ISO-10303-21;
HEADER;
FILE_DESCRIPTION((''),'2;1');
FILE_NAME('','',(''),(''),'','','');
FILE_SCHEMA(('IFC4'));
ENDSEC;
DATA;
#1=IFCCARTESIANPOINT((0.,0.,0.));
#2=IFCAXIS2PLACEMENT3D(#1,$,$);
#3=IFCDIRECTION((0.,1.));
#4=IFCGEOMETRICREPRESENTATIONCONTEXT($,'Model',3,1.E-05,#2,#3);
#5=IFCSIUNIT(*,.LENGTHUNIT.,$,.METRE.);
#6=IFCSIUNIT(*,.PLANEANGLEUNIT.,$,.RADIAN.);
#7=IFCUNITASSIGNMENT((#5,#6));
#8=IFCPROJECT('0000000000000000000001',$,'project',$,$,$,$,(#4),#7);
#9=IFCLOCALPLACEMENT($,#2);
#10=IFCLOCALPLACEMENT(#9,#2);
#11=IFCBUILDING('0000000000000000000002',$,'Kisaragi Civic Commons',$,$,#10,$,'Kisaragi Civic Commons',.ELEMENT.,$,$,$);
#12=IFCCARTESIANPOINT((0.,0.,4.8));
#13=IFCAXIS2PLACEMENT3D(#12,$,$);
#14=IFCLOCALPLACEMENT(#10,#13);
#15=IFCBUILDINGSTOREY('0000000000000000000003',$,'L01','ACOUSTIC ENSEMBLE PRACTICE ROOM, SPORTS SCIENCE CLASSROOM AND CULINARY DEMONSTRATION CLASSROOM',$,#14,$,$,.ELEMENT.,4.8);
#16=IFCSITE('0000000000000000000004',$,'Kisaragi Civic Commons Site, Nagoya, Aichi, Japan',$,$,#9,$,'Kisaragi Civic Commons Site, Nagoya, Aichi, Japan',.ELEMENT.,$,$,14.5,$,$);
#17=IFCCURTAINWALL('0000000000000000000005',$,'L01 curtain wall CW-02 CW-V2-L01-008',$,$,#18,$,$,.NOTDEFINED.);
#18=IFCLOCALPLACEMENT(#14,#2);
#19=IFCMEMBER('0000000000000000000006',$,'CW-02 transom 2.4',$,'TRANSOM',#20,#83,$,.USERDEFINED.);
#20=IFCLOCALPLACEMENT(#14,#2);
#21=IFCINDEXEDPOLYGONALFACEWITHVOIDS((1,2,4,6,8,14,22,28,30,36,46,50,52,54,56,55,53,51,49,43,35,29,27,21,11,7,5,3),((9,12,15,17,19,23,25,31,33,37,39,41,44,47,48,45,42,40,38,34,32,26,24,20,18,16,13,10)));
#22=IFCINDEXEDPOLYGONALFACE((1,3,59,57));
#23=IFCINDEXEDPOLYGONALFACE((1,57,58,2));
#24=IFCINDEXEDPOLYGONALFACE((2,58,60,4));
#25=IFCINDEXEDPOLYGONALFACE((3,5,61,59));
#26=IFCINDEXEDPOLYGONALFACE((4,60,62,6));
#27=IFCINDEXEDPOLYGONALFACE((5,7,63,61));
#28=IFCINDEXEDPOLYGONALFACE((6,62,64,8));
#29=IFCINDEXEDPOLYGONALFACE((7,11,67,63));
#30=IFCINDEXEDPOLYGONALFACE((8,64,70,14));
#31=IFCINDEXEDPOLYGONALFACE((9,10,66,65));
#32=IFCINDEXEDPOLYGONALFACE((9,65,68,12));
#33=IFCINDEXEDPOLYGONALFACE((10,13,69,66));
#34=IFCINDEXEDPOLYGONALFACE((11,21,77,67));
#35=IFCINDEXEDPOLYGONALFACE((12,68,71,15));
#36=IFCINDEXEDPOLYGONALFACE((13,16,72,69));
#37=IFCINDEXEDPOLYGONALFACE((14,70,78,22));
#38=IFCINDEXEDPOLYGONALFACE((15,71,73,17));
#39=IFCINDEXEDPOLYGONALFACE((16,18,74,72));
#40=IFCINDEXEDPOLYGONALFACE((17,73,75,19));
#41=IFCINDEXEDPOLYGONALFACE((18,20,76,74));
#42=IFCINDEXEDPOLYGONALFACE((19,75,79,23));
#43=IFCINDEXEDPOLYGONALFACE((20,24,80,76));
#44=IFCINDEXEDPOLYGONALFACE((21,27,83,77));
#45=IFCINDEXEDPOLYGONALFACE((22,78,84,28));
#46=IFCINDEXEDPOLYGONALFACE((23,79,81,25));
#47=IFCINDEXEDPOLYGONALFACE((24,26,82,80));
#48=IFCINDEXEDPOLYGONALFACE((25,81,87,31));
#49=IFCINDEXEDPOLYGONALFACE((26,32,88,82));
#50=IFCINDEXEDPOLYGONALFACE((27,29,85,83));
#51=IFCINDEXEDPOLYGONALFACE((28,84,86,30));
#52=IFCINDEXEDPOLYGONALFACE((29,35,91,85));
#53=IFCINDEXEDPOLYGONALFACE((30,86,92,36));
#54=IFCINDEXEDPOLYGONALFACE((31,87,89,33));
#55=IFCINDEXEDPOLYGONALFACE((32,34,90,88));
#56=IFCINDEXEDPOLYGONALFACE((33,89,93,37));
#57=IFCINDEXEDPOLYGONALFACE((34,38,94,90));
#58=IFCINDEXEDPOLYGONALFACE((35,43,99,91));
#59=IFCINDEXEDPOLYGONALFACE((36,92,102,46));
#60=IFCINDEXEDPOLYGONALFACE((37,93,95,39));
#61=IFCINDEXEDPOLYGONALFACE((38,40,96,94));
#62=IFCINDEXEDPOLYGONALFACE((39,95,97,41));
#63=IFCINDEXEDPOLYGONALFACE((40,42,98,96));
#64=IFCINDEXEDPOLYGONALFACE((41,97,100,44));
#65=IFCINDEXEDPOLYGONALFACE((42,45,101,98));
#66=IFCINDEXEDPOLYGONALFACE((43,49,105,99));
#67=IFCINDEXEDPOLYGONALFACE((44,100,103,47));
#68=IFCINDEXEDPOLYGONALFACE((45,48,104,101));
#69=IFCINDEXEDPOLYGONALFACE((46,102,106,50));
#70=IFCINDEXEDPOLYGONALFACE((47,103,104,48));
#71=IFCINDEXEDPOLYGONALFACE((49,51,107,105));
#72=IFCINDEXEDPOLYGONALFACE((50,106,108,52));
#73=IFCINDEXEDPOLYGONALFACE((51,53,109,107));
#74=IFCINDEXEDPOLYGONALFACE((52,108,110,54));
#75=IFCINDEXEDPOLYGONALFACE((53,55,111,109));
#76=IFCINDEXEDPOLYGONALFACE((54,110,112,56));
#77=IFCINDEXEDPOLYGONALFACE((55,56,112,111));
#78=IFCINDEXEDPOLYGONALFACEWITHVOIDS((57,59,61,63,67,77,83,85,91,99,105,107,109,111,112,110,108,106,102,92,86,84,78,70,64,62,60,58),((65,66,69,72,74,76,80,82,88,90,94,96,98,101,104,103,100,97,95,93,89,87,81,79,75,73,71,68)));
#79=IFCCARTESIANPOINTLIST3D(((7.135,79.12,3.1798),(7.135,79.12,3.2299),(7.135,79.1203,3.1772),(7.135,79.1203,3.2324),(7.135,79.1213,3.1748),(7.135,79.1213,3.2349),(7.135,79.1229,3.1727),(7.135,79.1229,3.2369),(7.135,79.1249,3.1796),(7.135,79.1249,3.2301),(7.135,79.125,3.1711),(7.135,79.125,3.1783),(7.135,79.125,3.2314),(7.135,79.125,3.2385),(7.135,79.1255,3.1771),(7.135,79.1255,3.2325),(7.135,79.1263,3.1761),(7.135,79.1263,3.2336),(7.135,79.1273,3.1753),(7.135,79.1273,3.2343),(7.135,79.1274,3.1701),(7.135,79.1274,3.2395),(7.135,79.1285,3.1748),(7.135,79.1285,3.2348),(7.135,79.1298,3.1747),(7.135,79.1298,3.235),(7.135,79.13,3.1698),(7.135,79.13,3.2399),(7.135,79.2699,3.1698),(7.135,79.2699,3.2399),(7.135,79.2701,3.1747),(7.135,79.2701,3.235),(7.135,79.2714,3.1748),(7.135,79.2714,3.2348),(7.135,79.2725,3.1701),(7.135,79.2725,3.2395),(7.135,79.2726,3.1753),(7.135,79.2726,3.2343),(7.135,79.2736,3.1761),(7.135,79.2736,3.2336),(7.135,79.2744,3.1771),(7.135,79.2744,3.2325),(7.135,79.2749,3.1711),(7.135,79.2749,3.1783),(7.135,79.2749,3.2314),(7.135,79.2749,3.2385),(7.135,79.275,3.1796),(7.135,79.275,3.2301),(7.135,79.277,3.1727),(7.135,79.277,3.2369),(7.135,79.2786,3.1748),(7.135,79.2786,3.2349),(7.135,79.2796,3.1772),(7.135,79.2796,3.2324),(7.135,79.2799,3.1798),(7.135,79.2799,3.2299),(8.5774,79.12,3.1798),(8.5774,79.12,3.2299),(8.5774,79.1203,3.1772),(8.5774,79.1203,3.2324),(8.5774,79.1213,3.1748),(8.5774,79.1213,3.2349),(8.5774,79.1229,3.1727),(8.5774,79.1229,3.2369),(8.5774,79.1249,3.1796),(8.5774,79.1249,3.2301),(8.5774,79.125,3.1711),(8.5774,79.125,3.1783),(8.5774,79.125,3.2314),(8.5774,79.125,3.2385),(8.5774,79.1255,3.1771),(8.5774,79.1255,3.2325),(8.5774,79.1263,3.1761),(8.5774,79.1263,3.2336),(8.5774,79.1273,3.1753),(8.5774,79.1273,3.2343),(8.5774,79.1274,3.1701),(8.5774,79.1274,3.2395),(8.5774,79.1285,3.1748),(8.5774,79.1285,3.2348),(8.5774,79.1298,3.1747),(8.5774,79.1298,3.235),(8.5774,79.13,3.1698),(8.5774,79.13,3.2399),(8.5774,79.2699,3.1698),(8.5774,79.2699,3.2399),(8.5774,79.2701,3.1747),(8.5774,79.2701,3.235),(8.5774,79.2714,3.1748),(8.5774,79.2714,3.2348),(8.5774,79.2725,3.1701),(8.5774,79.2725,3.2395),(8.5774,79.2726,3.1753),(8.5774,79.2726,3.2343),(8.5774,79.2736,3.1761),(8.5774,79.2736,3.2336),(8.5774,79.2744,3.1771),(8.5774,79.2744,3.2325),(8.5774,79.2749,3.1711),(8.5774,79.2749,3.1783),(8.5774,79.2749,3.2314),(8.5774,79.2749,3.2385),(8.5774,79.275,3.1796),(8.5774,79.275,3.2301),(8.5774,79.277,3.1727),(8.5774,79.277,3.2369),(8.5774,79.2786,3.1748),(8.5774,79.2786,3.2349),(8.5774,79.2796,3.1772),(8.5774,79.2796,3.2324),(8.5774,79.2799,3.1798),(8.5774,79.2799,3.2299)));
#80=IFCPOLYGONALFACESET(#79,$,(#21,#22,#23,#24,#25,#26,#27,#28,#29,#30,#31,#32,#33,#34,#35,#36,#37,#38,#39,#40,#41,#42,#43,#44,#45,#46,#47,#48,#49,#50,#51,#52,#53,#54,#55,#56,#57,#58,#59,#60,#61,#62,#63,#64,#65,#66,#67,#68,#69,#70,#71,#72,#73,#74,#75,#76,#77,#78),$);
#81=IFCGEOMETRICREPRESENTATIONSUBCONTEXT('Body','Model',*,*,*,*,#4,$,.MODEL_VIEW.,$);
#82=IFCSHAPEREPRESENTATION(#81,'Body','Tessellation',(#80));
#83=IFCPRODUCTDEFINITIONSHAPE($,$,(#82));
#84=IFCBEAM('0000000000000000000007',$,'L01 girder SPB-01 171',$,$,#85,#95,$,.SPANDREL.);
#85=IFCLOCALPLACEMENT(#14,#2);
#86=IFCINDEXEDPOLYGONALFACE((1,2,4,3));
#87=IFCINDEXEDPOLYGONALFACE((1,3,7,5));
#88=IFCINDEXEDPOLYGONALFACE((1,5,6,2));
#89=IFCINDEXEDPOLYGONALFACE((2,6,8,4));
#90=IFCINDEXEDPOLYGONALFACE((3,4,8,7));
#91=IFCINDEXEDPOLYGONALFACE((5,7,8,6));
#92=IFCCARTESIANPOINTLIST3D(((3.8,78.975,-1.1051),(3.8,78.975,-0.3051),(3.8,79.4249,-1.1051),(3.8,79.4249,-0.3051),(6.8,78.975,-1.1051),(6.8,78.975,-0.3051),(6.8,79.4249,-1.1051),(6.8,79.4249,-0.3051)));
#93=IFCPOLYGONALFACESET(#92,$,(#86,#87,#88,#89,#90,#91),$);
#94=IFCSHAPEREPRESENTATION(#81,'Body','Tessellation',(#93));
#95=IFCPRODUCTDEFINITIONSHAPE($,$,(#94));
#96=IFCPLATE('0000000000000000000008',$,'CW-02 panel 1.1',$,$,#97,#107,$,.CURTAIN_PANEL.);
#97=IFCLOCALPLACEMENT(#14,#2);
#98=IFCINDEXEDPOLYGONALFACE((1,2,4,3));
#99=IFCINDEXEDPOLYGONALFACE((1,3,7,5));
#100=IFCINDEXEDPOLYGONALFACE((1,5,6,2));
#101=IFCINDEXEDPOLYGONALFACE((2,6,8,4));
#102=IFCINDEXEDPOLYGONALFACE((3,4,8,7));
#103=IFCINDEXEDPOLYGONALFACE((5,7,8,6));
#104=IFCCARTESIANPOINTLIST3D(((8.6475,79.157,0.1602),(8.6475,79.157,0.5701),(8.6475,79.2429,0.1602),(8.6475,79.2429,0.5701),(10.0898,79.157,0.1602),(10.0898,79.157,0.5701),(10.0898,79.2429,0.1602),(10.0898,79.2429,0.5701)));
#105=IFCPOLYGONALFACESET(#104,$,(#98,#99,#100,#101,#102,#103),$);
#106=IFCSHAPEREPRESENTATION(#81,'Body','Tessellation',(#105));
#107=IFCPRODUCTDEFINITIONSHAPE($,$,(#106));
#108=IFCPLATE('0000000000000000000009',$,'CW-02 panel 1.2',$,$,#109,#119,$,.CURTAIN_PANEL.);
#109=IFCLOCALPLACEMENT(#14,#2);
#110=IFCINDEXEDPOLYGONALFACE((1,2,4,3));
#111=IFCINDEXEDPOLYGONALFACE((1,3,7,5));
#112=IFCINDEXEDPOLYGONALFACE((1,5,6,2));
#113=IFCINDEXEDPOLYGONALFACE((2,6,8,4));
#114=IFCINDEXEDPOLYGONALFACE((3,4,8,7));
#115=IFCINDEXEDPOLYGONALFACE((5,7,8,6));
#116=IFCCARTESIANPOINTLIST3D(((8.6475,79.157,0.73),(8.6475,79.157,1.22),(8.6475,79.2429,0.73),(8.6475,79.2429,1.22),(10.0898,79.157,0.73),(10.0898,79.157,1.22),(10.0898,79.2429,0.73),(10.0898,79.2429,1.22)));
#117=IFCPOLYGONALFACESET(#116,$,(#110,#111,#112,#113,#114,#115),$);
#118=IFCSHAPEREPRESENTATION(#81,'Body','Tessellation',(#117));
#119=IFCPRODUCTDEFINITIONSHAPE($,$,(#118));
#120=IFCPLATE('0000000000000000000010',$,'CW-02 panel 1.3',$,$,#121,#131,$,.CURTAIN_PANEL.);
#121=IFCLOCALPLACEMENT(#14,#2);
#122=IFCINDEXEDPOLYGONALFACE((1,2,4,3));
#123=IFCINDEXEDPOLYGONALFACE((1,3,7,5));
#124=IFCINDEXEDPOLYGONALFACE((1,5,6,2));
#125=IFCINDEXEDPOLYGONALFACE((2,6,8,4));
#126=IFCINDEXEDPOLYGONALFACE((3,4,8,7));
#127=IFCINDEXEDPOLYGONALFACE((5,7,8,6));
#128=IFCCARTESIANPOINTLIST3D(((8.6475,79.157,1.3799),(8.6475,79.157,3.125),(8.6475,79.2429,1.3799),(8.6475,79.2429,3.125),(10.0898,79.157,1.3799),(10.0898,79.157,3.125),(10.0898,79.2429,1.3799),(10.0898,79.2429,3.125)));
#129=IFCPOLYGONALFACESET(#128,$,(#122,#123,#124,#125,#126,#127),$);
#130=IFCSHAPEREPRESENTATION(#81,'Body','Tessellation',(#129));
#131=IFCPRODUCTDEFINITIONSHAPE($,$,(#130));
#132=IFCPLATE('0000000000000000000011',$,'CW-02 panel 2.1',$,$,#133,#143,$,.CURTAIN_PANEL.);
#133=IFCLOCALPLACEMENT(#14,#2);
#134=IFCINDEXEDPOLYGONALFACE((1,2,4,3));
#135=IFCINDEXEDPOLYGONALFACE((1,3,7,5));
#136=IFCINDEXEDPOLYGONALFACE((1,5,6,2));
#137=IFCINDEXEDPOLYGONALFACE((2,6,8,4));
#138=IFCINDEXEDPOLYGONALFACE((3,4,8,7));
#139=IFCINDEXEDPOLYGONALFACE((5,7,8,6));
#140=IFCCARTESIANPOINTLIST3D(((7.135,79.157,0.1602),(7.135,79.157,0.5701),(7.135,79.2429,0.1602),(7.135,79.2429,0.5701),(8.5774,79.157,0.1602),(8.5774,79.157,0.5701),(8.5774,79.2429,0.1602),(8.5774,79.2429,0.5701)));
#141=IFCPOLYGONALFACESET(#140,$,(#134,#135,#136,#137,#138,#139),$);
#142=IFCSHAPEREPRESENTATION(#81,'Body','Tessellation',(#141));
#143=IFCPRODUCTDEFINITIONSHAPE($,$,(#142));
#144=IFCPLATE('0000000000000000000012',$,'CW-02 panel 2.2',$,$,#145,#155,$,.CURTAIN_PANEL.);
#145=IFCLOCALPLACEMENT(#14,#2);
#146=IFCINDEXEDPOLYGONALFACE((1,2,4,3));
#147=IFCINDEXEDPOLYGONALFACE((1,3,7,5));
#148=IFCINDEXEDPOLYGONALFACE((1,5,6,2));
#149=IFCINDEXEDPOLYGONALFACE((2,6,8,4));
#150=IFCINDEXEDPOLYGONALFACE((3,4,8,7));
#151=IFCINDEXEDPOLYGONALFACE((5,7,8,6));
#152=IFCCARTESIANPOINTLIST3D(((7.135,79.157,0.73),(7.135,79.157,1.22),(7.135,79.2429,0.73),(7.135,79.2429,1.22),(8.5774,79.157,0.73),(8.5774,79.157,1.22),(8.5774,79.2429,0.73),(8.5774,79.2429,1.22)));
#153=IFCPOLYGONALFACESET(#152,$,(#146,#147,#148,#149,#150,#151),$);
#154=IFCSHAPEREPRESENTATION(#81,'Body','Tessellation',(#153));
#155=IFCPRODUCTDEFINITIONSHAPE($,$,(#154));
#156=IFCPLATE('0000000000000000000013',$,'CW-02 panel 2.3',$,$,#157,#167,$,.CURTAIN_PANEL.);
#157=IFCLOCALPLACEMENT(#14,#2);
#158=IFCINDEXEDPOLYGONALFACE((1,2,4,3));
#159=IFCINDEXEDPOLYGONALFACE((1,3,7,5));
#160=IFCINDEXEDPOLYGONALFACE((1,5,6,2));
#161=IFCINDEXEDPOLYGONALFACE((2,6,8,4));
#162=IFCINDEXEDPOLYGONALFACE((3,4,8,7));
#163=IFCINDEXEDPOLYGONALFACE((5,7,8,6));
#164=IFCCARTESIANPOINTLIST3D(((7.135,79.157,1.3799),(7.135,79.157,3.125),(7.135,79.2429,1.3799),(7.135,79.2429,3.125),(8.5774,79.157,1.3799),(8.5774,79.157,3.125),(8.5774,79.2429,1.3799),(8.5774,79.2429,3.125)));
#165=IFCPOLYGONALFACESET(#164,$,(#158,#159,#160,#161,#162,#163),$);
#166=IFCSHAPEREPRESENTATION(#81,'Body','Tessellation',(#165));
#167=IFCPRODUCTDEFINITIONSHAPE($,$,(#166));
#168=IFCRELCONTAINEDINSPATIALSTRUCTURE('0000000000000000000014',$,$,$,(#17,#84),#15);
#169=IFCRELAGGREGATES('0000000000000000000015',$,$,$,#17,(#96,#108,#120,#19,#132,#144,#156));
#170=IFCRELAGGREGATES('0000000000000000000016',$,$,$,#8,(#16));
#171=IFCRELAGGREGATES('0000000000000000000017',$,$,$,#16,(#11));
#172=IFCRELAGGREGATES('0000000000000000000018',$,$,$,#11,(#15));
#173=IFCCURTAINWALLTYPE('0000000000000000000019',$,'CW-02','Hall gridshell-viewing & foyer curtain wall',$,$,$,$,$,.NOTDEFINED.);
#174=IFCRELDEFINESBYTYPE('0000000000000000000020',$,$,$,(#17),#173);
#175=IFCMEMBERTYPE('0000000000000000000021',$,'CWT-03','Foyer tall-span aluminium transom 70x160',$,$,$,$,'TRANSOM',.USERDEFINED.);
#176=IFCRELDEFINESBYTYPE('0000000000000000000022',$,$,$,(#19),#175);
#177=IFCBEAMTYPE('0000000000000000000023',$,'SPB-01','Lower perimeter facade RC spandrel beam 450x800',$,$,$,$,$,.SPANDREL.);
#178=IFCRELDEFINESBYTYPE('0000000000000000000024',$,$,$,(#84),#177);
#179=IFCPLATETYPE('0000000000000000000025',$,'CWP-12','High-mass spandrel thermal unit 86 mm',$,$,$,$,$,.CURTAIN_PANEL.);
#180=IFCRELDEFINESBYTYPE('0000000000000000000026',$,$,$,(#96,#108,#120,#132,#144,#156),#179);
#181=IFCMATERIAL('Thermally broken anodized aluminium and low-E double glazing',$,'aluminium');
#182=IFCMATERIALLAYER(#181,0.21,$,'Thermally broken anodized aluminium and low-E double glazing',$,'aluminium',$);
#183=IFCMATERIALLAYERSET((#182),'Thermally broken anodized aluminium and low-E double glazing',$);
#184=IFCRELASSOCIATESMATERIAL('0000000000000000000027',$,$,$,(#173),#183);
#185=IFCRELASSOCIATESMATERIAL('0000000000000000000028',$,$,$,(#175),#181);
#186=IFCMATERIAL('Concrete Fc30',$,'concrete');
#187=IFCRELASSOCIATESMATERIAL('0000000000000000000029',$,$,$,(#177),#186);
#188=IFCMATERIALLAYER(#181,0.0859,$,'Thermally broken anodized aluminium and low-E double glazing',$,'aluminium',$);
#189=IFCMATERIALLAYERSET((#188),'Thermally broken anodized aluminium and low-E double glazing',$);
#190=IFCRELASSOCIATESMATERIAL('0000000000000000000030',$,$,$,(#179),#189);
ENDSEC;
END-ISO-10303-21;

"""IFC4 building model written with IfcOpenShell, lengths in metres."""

from ifc_helpers import new_model, si_unit, direction, frame, origin, origin_2d, place, context, subcontext, project, spatial, rectangle, hollow_rectangle, extrude, material, layer, layer_set, material_profile, profile_set, type_object, element, aggregate, save


model = new_model("IFC4")

# Units and contexts
model_context = context("Model", 3, precision=1e-05, world=origin(), true_north=direction((0.0, 1.0)))
body_context = subcontext(model_context, "Body", "Model", "MODEL_VIEW")
ifc_project = project(units=[si_unit("LENGTHUNIT", "METRE"), si_unit("PLANEANGLEUNIT", "RADIAN")], contexts=[model_context])

# Site, building, storey
site_placement = place(None, origin())
site = spatial("IfcSite", under=ifc_project, at=site_placement, Name="Kisaragi Civic Commons Site, Nagoya, Aichi, Japan", LongName="Kisaragi Civic Commons Site, Nagoya, Aichi, Japan", CompositionType="ELEMENT", RefElevation=14.5)
building_placement = place(site_placement, origin())
building = spatial("IfcBuilding", under=site, at=building_placement, Name="Kisaragi Civic Commons", LongName="Kisaragi Civic Commons", CompositionType="ELEMENT")
storey_placement = place(building_placement, frame((0.0, 0.0, 4.8)))
storey = spatial("IfcBuildingStorey", under=building, at=storey_placement, Name="L01", Description="ACOUSTIC ENSEMBLE PRACTICE ROOM, SPORTS SCIENCE CLASSROOM AND CULINARY DEMONSTRATION CLASSROOM", CompositionType="ELEMENT", Elevation=4.8)

# Shared definitions
ifc_material_1 = material(Name="Concrete Fc30", Category="concrete")

# Curtain wall, member
ifc_material_2 = material(Name="Thermally broken anodized aluminium and low-E double glazing", Category="aluminium")
ifc_layer_1 = layer(ifc_material_2, 0.21, Name="Thermally broken anodized aluminium and low-E double glazing", Category="aluminium")
ifc_layer_set_1 = layer_set([ifc_layer_1], Name="Thermally broken anodized aluminium and low-E double glazing")
curtain_wall_type = type_object("IfcCurtainWallType", Name="CW-02", Description="Hall gridshell-viewing & foyer curtain wall", PredefinedType="NOTDEFINED", material=ifc_layer_set_1)
curtain_wall_placement = place(storey_placement, origin())
curtain_wall = element("IfcCurtainWall", 1, at=curtain_wall_placement, inside=storey, type_object=curtain_wall_type, Name="L01 curtain wall CW-02 CW-V2-L01-008", PredefinedType="NOTDEFINED")
ifc_material_profile_1 = material_profile(ifc_material_2, hollow_rectangle(XDim=0.1599, YDim=0.0701, WallThickness=0.0049, InnerFilletRadius=0.0049, OuterFilletRadius=0.01, at=origin_2d()), Name="CWT-70x160x5", Category="aluminium")
ifc_profile_set_1 = profile_set([ifc_material_profile_1], Name="Thermally broken anodized aluminium and low-E double glazing")
member_type_1 = type_object("IfcMemberType", Name="CWT-03", Description="Foyer tall-span aluminium transom 70x160", ElementType="TRANSOM", PredefinedType="USERDEFINED", material=ifc_profile_set_1)
member_1_placement = place(storey_placement, frame((8.5774, 79.2, 3.2048), z_axis=(-1.0, 0.0, 0.0), x_axis=(0.0, -1.0, 0.0)))
member_1 = element("IfcMember", 2, at=member_1_placement, type_object=member_type_1, Name="CW-02 transom 2.4", ObjectType="TRANSOM", PredefinedType="USERDEFINED", context=body_context, shape_type="SweptSolid", body=[
    extrude(hollow_rectangle(XDim=0.1599, YDim=0.0701, WallThickness=0.0049, InnerFilletRadius=0.0049, OuterFilletRadius=0.01, at=origin_2d()), origin(), (0.0, 0.0, 1.0), 1.4424),
])

# Beam
ifc_material_profile_2 = material_profile(ifc_material_1, rectangle(XDim=0.45, YDim=0.8, at=origin_2d()), Name="RC-450x800", Category="concrete")
ifc_profile_set_2 = profile_set([ifc_material_profile_2], Name="Concrete Fc30")
beam_type = type_object("IfcBeamType", Name="SPB-01", Description="Lower perimeter facade RC spandrel beam 450x800", PredefinedType="SPANDREL", material=ifc_profile_set_2)
beam_placement = place(storey_placement, frame((3.8, 79.2, -0.7051), z_axis=(1.0, 0.0, 0.0), x_axis=(0.0, 1.0, 0.0)))
element("IfcBeam", 3, at=beam_placement, inside=storey, type_object=beam_type, Name="L01 girder SPB-01 171", PredefinedType="SPANDREL", context=body_context, shape_type="SweptSolid", body=[
    extrude(rectangle(XDim=0.45, YDim=0.8, at=origin_2d()), origin(), (0.0, 0.0, 1.0), 3.0),
])

# Plates
ifc_layer_2 = layer(ifc_material_2, 0.0859, Name="Thermally broken anodized aluminium and low-E double glazing", Category="aluminium")
ifc_layer_set_2 = layer_set([ifc_layer_2], Name="Thermally broken anodized aluminium and low-E double glazing")
plate_type = type_object("IfcPlateType", Name="CWP-12", Description="High-mass spandrel thermal unit 86 mm", PredefinedType="CURTAIN_PANEL", material=ifc_layer_set_2)
plate_1_placement = place(storey_placement, frame((9.3687, 79.2, 0.1602), z_axis=(0.0, 0.0, 1.0), x_axis=(-1.0, 0.0, 0.0)))
plate_1 = element("IfcPlate", 4, at=plate_1_placement, type_object=plate_type, Name="CW-02 panel 1.1", PredefinedType="CURTAIN_PANEL", context=body_context, shape_type="SweptSolid", body=[
    extrude(rectangle(XDim=1.4424, YDim=0.0859, at=origin_2d()), origin(), (0.0, 0.0, 1.0), 0.4099),
])
plate_2_placement = place(storey_placement, frame((9.3687, 79.2, 0.73), z_axis=(0.0, 0.0, 1.0), x_axis=(-1.0, 0.0, 0.0)))
plate_2 = element("IfcPlate", 5, at=plate_2_placement, type_object=plate_type, Name="CW-02 panel 1.2", PredefinedType="CURTAIN_PANEL", context=body_context, shape_type="SweptSolid", body=[
    extrude(rectangle(XDim=1.4424, YDim=0.0859, at=origin_2d()), origin(), (0.0, 0.0, 1.0), 0.49),
])
plate_3_placement = place(storey_placement, frame((9.3687, 79.2, 1.3799), z_axis=(0.0, 0.0, 1.0), x_axis=(-1.0, 0.0, 0.0)))
plate_3 = element("IfcPlate", 6, at=plate_3_placement, type_object=plate_type, Name="CW-02 panel 1.3", PredefinedType="CURTAIN_PANEL", context=body_context, shape_type="SweptSolid", body=[
    extrude(rectangle(XDim=1.4424, YDim=0.0859, at=origin_2d()), origin(), (0.0, 0.0, 1.0), 1.7451),
])
plate_4_placement = place(storey_placement, frame((7.8562, 79.2, 0.1602), z_axis=(0.0, 0.0, 1.0), x_axis=(-1.0, 0.0, 0.0)))
plate_4 = element("IfcPlate", 7, at=plate_4_placement, type_object=plate_type, Name="CW-02 panel 2.1", PredefinedType="CURTAIN_PANEL", context=body_context, shape_type="SweptSolid", body=[
    extrude(rectangle(XDim=1.4424, YDim=0.0859, at=origin_2d()), origin(), (0.0, 0.0, 1.0), 0.4099),
])
plate_5_placement = place(storey_placement, frame((7.8562, 79.2, 0.73), z_axis=(0.0, 0.0, 1.0), x_axis=(-1.0, 0.0, 0.0)))
plate_5 = element("IfcPlate", 8, at=plate_5_placement, type_object=plate_type, Name="CW-02 panel 2.2", PredefinedType="CURTAIN_PANEL", context=body_context, shape_type="SweptSolid", body=[
    extrude(rectangle(XDim=1.4424, YDim=0.0859, at=origin_2d()), origin(), (0.0, 0.0, 1.0), 0.49),
])
plate_6_placement = place(storey_placement, frame((7.8562, 79.2, 1.3799), z_axis=(0.0, 0.0, 1.0), x_axis=(-1.0, 0.0, 0.0)))
plate_6 = element("IfcPlate", 9, at=plate_6_placement, type_object=plate_type, Name="CW-02 panel 2.3", PredefinedType="CURTAIN_PANEL", context=body_context, shape_type="SweptSolid", body=[
    extrude(rectangle(XDim=1.4424, YDim=0.0859, at=origin_2d()), origin(), (0.0, 0.0, 1.0), 1.7451),
])
aggregate(curtain_wall, [plate_1, plate_2, plate_3, member_1, plate_4, plate_5, plate_6])

save(model, "model.ifc")
